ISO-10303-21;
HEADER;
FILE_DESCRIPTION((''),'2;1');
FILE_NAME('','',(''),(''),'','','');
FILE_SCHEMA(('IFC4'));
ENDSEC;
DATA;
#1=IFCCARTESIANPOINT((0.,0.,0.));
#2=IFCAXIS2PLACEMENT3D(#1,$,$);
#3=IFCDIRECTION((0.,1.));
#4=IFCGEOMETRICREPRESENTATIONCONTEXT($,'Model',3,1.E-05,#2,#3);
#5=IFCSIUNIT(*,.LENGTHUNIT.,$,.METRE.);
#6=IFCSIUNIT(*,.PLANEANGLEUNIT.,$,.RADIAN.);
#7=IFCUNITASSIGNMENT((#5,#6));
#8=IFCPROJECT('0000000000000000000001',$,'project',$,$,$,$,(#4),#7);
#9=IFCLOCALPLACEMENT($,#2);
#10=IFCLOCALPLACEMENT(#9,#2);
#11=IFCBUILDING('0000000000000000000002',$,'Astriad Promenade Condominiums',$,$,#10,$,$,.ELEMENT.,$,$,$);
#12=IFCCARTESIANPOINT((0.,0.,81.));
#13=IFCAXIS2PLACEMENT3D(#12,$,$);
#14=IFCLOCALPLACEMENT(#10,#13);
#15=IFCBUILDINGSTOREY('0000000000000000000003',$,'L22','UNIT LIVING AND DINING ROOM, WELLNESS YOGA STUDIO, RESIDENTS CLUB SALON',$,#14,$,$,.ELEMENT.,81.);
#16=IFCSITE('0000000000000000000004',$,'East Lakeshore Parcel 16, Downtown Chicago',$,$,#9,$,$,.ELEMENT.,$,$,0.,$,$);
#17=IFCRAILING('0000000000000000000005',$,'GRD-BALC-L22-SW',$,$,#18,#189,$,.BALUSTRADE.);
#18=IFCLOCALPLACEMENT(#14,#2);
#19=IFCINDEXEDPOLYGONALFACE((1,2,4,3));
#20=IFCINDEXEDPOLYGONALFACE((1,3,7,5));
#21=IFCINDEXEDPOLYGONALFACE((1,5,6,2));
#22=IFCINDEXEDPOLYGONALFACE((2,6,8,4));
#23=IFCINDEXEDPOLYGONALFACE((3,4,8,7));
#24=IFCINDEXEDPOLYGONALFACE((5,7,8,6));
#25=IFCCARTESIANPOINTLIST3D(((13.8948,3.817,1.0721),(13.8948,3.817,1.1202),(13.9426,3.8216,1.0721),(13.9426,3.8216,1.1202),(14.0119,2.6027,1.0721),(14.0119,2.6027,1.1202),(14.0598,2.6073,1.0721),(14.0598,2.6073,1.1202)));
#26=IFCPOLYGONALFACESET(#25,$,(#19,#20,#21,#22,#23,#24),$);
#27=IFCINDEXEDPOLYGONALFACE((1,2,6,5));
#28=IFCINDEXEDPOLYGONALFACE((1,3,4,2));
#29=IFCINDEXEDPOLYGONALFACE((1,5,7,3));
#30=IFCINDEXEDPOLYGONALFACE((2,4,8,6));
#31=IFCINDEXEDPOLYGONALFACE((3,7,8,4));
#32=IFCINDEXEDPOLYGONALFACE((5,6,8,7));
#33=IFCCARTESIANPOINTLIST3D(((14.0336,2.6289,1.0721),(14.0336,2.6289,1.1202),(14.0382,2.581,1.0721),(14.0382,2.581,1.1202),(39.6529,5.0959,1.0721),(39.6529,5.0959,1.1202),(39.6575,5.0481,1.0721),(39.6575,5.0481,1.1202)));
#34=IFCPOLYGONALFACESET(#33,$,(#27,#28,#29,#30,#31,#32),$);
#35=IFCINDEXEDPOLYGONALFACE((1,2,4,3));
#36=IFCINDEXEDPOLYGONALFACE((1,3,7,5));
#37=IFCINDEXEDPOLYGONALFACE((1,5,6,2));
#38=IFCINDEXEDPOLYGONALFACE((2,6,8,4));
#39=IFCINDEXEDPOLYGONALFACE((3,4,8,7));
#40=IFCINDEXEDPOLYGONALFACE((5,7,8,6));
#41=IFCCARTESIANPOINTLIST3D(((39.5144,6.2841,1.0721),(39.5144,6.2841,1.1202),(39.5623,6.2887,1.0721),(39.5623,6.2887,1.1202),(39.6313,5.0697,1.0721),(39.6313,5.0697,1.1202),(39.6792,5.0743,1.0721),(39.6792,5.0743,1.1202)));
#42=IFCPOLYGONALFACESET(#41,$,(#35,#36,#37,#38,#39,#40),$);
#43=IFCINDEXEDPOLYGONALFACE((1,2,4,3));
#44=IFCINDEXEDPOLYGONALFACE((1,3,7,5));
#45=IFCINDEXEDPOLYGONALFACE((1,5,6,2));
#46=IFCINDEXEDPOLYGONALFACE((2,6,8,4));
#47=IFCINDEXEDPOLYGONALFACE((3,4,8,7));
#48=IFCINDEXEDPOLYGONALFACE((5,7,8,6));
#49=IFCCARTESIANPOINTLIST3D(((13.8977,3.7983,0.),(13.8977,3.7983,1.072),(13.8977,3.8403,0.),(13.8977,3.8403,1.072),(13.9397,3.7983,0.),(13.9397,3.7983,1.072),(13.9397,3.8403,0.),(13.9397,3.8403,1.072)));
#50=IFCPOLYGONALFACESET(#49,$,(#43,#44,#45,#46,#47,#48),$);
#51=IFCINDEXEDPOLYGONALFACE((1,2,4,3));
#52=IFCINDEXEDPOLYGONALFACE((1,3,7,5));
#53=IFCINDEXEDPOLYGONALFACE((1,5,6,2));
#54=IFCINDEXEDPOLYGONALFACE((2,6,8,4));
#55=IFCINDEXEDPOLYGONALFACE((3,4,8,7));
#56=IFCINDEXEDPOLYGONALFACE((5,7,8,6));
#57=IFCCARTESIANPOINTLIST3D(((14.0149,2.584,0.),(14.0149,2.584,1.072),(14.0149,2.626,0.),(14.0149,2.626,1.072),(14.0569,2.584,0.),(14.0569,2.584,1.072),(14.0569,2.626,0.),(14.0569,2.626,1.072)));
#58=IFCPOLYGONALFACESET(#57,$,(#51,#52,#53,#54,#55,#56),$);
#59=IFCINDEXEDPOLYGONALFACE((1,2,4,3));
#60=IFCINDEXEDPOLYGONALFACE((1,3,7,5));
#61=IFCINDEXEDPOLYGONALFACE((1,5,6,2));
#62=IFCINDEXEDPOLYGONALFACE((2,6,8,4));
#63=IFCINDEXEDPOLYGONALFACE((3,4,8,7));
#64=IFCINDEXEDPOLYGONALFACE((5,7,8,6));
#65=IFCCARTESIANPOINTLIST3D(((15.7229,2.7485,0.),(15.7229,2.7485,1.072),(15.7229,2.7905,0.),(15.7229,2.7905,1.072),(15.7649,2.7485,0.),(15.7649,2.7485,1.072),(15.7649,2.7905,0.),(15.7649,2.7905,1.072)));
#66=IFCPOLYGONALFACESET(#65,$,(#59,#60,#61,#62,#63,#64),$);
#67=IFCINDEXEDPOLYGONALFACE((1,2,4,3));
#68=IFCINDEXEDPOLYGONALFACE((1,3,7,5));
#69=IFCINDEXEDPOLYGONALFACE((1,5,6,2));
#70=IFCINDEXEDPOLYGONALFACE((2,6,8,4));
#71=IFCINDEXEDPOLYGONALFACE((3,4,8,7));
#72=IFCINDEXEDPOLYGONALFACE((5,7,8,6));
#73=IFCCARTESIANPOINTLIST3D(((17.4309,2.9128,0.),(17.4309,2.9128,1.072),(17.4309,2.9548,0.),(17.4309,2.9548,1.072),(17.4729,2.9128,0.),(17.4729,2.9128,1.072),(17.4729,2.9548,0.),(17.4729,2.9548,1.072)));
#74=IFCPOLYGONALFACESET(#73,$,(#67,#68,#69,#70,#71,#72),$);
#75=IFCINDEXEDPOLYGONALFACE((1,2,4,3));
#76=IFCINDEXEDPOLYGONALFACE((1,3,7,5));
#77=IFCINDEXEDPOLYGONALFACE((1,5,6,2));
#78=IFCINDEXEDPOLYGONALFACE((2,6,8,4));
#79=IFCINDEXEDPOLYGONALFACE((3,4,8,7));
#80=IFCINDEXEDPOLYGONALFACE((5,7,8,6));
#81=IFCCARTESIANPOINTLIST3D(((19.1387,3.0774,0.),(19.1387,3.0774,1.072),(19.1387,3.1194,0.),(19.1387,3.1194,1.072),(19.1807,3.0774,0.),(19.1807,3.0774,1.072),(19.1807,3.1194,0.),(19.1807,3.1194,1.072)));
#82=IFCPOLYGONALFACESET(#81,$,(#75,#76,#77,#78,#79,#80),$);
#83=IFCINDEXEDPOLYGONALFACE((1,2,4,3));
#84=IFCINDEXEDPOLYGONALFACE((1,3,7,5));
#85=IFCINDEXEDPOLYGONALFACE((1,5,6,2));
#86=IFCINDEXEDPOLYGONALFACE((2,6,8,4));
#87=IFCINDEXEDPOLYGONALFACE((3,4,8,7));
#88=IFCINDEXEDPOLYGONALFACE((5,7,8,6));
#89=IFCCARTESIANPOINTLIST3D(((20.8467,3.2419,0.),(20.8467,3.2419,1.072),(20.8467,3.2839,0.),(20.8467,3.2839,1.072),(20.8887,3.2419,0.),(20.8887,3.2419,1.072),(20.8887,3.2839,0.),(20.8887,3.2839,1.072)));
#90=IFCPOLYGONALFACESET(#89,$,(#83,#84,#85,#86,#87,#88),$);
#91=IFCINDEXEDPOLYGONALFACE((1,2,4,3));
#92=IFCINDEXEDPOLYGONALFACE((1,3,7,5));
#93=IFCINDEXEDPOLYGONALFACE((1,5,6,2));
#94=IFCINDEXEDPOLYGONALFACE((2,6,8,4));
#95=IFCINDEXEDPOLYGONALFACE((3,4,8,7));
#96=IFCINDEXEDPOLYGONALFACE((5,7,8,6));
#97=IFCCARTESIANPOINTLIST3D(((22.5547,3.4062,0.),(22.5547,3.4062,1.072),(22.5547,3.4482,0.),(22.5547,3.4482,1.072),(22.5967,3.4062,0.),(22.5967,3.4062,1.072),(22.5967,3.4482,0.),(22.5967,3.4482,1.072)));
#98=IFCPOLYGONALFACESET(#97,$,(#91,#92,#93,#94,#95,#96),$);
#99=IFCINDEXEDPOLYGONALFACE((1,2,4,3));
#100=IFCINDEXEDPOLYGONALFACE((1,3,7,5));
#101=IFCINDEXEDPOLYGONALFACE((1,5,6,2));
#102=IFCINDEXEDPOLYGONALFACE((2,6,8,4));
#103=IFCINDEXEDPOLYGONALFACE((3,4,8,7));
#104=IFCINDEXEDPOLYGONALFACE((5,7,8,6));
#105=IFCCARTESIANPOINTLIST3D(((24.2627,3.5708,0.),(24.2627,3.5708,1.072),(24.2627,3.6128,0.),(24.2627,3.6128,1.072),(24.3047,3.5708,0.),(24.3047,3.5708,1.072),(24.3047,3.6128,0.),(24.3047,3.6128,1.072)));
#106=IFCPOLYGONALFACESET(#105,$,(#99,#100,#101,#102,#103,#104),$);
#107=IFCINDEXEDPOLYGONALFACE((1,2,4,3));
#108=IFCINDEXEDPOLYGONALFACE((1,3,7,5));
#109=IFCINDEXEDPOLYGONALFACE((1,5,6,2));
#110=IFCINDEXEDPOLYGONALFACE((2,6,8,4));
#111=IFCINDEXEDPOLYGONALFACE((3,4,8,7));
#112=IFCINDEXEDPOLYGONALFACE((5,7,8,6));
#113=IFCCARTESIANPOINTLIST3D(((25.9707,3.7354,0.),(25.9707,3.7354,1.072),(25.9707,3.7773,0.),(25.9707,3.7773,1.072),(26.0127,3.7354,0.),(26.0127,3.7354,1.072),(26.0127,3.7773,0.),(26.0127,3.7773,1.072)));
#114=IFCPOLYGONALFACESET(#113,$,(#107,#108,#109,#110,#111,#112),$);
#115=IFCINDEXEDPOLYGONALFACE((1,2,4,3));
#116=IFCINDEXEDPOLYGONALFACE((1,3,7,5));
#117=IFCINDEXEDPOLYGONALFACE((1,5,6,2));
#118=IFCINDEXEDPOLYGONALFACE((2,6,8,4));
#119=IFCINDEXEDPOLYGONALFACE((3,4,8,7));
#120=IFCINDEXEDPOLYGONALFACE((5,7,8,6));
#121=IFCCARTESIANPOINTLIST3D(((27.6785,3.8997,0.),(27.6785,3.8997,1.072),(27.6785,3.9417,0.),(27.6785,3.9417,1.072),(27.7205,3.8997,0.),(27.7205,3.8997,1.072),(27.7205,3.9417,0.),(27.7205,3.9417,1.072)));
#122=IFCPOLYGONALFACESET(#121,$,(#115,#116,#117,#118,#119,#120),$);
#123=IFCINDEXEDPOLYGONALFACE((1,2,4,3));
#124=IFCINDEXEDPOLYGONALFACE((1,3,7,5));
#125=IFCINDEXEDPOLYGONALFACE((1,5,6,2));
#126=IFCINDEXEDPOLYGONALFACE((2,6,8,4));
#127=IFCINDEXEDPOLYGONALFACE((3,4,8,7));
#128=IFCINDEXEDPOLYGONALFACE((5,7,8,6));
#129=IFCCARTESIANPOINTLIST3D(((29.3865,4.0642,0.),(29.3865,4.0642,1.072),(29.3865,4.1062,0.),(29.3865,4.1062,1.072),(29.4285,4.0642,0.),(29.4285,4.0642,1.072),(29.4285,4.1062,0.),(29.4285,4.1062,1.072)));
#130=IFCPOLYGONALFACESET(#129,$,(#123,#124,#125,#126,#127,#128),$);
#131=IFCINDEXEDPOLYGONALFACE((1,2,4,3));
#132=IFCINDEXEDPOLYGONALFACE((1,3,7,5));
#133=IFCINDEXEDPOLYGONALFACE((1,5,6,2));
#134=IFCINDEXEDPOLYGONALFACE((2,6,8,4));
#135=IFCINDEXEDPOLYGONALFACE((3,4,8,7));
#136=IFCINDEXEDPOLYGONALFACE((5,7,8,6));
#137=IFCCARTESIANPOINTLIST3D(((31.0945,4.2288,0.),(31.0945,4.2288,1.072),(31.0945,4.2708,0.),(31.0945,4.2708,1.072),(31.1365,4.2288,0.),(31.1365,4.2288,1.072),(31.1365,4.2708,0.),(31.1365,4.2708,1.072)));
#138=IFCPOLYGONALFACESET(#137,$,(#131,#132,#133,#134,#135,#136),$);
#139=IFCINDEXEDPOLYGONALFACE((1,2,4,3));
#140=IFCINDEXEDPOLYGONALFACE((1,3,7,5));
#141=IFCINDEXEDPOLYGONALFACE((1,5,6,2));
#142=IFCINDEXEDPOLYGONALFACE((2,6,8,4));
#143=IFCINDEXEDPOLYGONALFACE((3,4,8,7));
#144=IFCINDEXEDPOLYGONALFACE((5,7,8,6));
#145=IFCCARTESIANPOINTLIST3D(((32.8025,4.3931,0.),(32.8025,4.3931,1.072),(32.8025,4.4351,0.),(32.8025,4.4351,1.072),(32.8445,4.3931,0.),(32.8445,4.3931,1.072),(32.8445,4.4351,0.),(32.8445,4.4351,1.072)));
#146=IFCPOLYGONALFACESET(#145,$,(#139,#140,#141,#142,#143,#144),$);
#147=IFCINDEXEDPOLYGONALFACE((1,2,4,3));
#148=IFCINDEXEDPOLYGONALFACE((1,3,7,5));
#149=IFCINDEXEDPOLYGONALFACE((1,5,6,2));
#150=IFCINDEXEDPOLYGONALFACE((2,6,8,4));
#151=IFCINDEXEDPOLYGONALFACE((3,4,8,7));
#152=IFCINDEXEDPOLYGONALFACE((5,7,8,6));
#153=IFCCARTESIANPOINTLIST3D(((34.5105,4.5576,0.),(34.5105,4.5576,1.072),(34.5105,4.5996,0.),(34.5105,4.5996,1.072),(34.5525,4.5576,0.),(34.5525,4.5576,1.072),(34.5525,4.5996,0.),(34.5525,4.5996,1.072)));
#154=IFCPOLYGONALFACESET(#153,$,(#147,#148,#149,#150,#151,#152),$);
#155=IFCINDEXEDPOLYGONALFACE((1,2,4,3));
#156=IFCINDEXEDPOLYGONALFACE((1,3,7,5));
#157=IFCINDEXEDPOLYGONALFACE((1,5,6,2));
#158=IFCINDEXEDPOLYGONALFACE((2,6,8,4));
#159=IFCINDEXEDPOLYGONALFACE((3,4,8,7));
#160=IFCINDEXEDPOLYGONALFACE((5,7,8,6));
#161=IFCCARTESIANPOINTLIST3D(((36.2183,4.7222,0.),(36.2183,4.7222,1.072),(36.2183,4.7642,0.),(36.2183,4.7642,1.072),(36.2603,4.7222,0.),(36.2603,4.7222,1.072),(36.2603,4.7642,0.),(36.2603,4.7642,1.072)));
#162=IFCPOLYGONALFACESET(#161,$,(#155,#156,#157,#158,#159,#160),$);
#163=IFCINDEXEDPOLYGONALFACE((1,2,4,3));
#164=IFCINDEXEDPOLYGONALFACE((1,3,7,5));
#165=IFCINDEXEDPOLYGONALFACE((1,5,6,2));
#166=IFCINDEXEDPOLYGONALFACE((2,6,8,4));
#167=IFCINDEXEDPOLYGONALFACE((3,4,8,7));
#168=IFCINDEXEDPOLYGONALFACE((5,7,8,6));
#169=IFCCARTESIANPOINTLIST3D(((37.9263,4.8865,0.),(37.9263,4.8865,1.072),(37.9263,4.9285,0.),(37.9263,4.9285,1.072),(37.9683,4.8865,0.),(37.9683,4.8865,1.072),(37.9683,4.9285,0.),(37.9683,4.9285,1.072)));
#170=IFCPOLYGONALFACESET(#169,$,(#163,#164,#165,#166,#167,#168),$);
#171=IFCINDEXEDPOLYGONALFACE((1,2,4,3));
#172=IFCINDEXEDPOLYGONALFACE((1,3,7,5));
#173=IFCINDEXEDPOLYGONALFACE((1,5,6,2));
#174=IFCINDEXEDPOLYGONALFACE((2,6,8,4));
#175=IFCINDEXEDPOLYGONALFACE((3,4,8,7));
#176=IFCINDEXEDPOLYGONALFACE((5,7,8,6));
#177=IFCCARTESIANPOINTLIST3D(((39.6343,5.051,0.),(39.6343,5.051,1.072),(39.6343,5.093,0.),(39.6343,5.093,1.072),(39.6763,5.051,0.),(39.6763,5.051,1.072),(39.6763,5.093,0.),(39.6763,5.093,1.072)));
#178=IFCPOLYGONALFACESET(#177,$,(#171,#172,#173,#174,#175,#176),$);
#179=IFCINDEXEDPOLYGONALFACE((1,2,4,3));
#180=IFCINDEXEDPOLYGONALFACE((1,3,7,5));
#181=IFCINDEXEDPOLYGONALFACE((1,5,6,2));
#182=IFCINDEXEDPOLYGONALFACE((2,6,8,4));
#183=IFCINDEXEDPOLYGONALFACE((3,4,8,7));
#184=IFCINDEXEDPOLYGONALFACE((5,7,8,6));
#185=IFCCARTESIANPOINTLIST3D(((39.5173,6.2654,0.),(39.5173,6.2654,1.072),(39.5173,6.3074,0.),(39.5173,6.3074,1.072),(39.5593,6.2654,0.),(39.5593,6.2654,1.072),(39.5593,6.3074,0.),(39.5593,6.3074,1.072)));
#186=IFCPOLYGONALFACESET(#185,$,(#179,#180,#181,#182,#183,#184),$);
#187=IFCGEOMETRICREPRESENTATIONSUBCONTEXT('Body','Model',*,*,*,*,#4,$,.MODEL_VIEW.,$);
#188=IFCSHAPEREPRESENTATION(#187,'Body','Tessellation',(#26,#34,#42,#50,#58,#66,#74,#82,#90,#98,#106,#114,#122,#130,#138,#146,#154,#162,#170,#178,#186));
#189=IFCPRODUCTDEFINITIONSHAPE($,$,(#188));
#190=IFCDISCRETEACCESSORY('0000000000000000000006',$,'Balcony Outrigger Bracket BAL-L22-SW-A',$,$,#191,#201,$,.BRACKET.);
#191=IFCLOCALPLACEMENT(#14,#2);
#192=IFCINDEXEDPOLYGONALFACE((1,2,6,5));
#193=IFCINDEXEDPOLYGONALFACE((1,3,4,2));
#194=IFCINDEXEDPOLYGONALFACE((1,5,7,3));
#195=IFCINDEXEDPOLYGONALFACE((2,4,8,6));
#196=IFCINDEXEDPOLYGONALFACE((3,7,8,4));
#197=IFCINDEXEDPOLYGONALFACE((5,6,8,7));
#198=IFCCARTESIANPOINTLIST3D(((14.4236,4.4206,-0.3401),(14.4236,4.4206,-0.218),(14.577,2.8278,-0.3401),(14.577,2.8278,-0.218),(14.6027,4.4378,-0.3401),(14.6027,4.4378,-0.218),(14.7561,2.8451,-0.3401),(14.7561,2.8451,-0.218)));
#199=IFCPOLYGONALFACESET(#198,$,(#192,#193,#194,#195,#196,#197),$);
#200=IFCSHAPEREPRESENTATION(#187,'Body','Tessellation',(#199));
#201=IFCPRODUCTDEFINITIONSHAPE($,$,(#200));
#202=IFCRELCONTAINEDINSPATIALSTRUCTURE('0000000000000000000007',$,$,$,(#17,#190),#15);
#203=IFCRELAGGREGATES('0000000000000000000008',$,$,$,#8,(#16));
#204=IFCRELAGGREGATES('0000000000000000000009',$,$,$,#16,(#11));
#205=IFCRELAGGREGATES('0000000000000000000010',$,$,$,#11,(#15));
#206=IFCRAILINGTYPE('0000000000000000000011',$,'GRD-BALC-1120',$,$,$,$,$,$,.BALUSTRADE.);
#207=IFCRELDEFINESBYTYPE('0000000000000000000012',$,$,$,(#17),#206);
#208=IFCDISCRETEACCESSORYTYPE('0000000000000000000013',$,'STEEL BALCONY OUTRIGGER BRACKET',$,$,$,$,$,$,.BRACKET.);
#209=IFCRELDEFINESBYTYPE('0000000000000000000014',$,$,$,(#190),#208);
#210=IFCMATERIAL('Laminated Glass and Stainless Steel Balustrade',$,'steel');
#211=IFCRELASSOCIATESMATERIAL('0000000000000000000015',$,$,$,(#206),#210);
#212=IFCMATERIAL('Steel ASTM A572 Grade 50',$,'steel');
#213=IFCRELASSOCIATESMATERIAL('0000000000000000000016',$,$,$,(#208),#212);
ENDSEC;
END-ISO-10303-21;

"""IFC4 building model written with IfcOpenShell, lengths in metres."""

from ifc_helpers import new_model, si_unit, direction, frame, origin, origin_2d, place, context, subcontext, project, spatial, rectangle, extrude, source, transform, mapped, material, type_object, type_shapes, element, save


model = new_model("IFC4")

# Units and contexts
model_context = context("Model", 3, precision=1e-05, world=origin(), true_north=direction((0.0, 1.0)))
body_context = subcontext(model_context, "Body", "Model", "MODEL_VIEW")
ifc_project = project(units=[si_unit("LENGTHUNIT", "METRE"), si_unit("PLANEANGLEUNIT", "RADIAN")], contexts=[model_context])

# Site, building, storey
site_placement = place(None, origin())
site = spatial("IfcSite", under=ifc_project, at=site_placement, Name="East Lakeshore Parcel 16, Downtown Chicago", CompositionType="ELEMENT", RefElevation=0.0)
building_placement = place(site_placement, origin())
building = spatial("IfcBuilding", under=site, at=building_placement, Name="Astriad Promenade Condominiums", CompositionType="ELEMENT")
storey_placement = place(building_placement, frame((0.0, 0.0, 81.0)))
storey = spatial("IfcBuildingStorey", under=building, at=storey_placement, Name="L22", Description="UNIT LIVING AND DINING ROOM, WELLNESS YOGA STUDIO, RESIDENTS CLUB SALON", CompositionType="ELEMENT", Elevation=81.0)

# Railing
ifc_material_1 = material(Name="Laminated Glass and Stainless Steel Balustrade", Category="steel")
railing_type = type_object("IfcRailingType", Name="GRD-BALC-1120", PredefinedType="BALUSTRADE", material=ifc_material_1)
shared_shape_1 = source(origin(), body_context, "Body", "SweptSolid", [
    extrude(rectangle(XDim=0.0481, YDim=0.0481, at=origin_2d()), frame((0.0, 0.0, 1.0962), z_axis=(0.096056, -0.995376, 0.0), x_axis=(0.995376, 0.096056, 0.0)), (0.0, 0.0, 1.0), 1.22),
    extrude(rectangle(XDim=0.0481, YDim=0.0481, at=origin_2d()), frame((0.1172, -1.2144, 1.0962), z_axis=(0.995396, 0.095852, 0.0), x_axis=(-0.095852, 0.995396, 0.0)), (0.0, 0.0, 1.0), 25.7378),
    extrude(rectangle(XDim=0.0481, YDim=0.0481, at=origin_2d()), frame((25.7366, 1.2527, 1.0962), z_axis=(-0.095857, 0.995395, 0.0), x_axis=(-0.995395, -0.095857, 0.0)), (0.0, 0.0, 1.0), 1.22),
    extrude(rectangle(XDim=0.042, YDim=0.042, at=origin_2d()), origin(), (0.0, 0.0, 1.0), 1.072),
    extrude(rectangle(XDim=0.042, YDim=0.042, at=origin_2d()), frame((0.1172, -1.2144, 0.0)), (0.0, 0.0, 1.0), 1.072),
    extrude(rectangle(XDim=0.042, YDim=0.042, at=origin_2d()), frame((1.8252, -1.0498, 0.0)), (0.0, 0.0, 1.0), 1.072),
    extrude(rectangle(XDim=0.042, YDim=0.042, at=origin_2d()), frame((3.5332, -0.8855, 0.0)), (0.0, 0.0, 1.0), 1.072),
    extrude(rectangle(XDim=0.042, YDim=0.042, at=origin_2d()), frame((5.241, -0.7209, 0.0)), (0.0, 0.0, 1.0), 1.072),
    extrude(rectangle(XDim=0.042, YDim=0.042, at=origin_2d()), frame((6.949, -0.5564, 0.0)), (0.0, 0.0, 1.0), 1.072),
    extrude(rectangle(XDim=0.042, YDim=0.042, at=origin_2d()), frame((8.657, -0.3921, 0.0)), (0.0, 0.0, 1.0), 1.072),
    extrude(rectangle(XDim=0.042, YDim=0.042, at=origin_2d()), frame((10.365, -0.2275, 0.0)), (0.0, 0.0, 1.0), 1.072),
    extrude(rectangle(XDim=0.042, YDim=0.042, at=origin_2d()), frame((12.073, -0.063, 0.0)), (0.0, 0.0, 1.0), 1.072),
    extrude(rectangle(XDim=0.042, YDim=0.042, at=origin_2d()), frame((13.7808, 0.1013, 0.0)), (0.0, 0.0, 1.0), 1.072),
    extrude(rectangle(XDim=0.042, YDim=0.042, at=origin_2d()), frame((15.4888, 0.2659, 0.0)), (0.0, 0.0, 1.0), 1.072),
    extrude(rectangle(XDim=0.042, YDim=0.042, at=origin_2d()), frame((17.1968, 0.4304, 0.0)), (0.0, 0.0, 1.0), 1.072),
    extrude(rectangle(XDim=0.042, YDim=0.042, at=origin_2d()), frame((18.9048, 0.5947, 0.0)), (0.0, 0.0, 1.0), 1.072),
    extrude(rectangle(XDim=0.042, YDim=0.042, at=origin_2d()), frame((20.6128, 0.7593, 0.0)), (0.0, 0.0, 1.0), 1.072),
    extrude(rectangle(XDim=0.042, YDim=0.042, at=origin_2d()), frame((22.3206, 0.9238, 0.0)), (0.0, 0.0, 1.0), 1.072),
    extrude(rectangle(XDim=0.042, YDim=0.042, at=origin_2d()), frame((24.0286, 1.0881, 0.0)), (0.0, 0.0, 1.0), 1.072),
    extrude(rectangle(XDim=0.042, YDim=0.042, at=origin_2d()), frame((25.7366, 1.2527, 0.0)), (0.0, 0.0, 1.0), 1.072),
    extrude(rectangle(XDim=0.042, YDim=0.042, at=origin_2d()), frame((25.6196, 2.467, 0.0)), (0.0, 0.0, 1.0), 1.072),
])
type_shapes(railing_type, [shared_shape_1])
railing_placement = place(storey_placement, frame((13.9187, 3.8193, 0.0)))
element("IfcRailing", 1, at=railing_placement, inside=storey, type_object=railing_type, Name="GRD-BALC-L22-SW", PredefinedType="BALUSTRADE", context=body_context, shape_type="MappedRepresentation", body=[
    mapped(shared_shape_1, transform((0.0, 0.0, 0.0), scale=1.0)),
])

# Discrete accessory
ifc_material_2 = material(Name="Steel ASTM A572 Grade 50", Category="steel")
discrete_accessory_type = type_object("IfcDiscreteAccessoryType", Name="STEEL BALCONY OUTRIGGER BRACKET", PredefinedType="BRACKET", material=ifc_material_2)
shared_shape_2 = source(origin(), body_context, "Body", "SweptSolid", [
    extrude(rectangle(XDim=1.6001, YDim=0.1799, at=origin_2d()), origin(), (0.0, 0.0, 1.0), 0.1221),
])
type_shapes(discrete_accessory_type, [shared_shape_2])
discrete_accessory_placement = place(storey_placement, frame((14.5898, 3.6328, -0.3401), z_axis=(0.0, 0.0, 1.0), x_axis=(0.095846, -0.995396, 0.0)))
element("IfcDiscreteAccessory", 2, at=discrete_accessory_placement, inside=storey, type_object=discrete_accessory_type, Name="Balcony Outrigger Bracket BAL-L22-SW-A", PredefinedType="BRACKET", context=body_context, shape_type="MappedRepresentation", body=[
    mapped(shared_shape_2, transform((0.0, 0.0, 0.0), scale=1.0)),
])

save(model, "model.ifc")
